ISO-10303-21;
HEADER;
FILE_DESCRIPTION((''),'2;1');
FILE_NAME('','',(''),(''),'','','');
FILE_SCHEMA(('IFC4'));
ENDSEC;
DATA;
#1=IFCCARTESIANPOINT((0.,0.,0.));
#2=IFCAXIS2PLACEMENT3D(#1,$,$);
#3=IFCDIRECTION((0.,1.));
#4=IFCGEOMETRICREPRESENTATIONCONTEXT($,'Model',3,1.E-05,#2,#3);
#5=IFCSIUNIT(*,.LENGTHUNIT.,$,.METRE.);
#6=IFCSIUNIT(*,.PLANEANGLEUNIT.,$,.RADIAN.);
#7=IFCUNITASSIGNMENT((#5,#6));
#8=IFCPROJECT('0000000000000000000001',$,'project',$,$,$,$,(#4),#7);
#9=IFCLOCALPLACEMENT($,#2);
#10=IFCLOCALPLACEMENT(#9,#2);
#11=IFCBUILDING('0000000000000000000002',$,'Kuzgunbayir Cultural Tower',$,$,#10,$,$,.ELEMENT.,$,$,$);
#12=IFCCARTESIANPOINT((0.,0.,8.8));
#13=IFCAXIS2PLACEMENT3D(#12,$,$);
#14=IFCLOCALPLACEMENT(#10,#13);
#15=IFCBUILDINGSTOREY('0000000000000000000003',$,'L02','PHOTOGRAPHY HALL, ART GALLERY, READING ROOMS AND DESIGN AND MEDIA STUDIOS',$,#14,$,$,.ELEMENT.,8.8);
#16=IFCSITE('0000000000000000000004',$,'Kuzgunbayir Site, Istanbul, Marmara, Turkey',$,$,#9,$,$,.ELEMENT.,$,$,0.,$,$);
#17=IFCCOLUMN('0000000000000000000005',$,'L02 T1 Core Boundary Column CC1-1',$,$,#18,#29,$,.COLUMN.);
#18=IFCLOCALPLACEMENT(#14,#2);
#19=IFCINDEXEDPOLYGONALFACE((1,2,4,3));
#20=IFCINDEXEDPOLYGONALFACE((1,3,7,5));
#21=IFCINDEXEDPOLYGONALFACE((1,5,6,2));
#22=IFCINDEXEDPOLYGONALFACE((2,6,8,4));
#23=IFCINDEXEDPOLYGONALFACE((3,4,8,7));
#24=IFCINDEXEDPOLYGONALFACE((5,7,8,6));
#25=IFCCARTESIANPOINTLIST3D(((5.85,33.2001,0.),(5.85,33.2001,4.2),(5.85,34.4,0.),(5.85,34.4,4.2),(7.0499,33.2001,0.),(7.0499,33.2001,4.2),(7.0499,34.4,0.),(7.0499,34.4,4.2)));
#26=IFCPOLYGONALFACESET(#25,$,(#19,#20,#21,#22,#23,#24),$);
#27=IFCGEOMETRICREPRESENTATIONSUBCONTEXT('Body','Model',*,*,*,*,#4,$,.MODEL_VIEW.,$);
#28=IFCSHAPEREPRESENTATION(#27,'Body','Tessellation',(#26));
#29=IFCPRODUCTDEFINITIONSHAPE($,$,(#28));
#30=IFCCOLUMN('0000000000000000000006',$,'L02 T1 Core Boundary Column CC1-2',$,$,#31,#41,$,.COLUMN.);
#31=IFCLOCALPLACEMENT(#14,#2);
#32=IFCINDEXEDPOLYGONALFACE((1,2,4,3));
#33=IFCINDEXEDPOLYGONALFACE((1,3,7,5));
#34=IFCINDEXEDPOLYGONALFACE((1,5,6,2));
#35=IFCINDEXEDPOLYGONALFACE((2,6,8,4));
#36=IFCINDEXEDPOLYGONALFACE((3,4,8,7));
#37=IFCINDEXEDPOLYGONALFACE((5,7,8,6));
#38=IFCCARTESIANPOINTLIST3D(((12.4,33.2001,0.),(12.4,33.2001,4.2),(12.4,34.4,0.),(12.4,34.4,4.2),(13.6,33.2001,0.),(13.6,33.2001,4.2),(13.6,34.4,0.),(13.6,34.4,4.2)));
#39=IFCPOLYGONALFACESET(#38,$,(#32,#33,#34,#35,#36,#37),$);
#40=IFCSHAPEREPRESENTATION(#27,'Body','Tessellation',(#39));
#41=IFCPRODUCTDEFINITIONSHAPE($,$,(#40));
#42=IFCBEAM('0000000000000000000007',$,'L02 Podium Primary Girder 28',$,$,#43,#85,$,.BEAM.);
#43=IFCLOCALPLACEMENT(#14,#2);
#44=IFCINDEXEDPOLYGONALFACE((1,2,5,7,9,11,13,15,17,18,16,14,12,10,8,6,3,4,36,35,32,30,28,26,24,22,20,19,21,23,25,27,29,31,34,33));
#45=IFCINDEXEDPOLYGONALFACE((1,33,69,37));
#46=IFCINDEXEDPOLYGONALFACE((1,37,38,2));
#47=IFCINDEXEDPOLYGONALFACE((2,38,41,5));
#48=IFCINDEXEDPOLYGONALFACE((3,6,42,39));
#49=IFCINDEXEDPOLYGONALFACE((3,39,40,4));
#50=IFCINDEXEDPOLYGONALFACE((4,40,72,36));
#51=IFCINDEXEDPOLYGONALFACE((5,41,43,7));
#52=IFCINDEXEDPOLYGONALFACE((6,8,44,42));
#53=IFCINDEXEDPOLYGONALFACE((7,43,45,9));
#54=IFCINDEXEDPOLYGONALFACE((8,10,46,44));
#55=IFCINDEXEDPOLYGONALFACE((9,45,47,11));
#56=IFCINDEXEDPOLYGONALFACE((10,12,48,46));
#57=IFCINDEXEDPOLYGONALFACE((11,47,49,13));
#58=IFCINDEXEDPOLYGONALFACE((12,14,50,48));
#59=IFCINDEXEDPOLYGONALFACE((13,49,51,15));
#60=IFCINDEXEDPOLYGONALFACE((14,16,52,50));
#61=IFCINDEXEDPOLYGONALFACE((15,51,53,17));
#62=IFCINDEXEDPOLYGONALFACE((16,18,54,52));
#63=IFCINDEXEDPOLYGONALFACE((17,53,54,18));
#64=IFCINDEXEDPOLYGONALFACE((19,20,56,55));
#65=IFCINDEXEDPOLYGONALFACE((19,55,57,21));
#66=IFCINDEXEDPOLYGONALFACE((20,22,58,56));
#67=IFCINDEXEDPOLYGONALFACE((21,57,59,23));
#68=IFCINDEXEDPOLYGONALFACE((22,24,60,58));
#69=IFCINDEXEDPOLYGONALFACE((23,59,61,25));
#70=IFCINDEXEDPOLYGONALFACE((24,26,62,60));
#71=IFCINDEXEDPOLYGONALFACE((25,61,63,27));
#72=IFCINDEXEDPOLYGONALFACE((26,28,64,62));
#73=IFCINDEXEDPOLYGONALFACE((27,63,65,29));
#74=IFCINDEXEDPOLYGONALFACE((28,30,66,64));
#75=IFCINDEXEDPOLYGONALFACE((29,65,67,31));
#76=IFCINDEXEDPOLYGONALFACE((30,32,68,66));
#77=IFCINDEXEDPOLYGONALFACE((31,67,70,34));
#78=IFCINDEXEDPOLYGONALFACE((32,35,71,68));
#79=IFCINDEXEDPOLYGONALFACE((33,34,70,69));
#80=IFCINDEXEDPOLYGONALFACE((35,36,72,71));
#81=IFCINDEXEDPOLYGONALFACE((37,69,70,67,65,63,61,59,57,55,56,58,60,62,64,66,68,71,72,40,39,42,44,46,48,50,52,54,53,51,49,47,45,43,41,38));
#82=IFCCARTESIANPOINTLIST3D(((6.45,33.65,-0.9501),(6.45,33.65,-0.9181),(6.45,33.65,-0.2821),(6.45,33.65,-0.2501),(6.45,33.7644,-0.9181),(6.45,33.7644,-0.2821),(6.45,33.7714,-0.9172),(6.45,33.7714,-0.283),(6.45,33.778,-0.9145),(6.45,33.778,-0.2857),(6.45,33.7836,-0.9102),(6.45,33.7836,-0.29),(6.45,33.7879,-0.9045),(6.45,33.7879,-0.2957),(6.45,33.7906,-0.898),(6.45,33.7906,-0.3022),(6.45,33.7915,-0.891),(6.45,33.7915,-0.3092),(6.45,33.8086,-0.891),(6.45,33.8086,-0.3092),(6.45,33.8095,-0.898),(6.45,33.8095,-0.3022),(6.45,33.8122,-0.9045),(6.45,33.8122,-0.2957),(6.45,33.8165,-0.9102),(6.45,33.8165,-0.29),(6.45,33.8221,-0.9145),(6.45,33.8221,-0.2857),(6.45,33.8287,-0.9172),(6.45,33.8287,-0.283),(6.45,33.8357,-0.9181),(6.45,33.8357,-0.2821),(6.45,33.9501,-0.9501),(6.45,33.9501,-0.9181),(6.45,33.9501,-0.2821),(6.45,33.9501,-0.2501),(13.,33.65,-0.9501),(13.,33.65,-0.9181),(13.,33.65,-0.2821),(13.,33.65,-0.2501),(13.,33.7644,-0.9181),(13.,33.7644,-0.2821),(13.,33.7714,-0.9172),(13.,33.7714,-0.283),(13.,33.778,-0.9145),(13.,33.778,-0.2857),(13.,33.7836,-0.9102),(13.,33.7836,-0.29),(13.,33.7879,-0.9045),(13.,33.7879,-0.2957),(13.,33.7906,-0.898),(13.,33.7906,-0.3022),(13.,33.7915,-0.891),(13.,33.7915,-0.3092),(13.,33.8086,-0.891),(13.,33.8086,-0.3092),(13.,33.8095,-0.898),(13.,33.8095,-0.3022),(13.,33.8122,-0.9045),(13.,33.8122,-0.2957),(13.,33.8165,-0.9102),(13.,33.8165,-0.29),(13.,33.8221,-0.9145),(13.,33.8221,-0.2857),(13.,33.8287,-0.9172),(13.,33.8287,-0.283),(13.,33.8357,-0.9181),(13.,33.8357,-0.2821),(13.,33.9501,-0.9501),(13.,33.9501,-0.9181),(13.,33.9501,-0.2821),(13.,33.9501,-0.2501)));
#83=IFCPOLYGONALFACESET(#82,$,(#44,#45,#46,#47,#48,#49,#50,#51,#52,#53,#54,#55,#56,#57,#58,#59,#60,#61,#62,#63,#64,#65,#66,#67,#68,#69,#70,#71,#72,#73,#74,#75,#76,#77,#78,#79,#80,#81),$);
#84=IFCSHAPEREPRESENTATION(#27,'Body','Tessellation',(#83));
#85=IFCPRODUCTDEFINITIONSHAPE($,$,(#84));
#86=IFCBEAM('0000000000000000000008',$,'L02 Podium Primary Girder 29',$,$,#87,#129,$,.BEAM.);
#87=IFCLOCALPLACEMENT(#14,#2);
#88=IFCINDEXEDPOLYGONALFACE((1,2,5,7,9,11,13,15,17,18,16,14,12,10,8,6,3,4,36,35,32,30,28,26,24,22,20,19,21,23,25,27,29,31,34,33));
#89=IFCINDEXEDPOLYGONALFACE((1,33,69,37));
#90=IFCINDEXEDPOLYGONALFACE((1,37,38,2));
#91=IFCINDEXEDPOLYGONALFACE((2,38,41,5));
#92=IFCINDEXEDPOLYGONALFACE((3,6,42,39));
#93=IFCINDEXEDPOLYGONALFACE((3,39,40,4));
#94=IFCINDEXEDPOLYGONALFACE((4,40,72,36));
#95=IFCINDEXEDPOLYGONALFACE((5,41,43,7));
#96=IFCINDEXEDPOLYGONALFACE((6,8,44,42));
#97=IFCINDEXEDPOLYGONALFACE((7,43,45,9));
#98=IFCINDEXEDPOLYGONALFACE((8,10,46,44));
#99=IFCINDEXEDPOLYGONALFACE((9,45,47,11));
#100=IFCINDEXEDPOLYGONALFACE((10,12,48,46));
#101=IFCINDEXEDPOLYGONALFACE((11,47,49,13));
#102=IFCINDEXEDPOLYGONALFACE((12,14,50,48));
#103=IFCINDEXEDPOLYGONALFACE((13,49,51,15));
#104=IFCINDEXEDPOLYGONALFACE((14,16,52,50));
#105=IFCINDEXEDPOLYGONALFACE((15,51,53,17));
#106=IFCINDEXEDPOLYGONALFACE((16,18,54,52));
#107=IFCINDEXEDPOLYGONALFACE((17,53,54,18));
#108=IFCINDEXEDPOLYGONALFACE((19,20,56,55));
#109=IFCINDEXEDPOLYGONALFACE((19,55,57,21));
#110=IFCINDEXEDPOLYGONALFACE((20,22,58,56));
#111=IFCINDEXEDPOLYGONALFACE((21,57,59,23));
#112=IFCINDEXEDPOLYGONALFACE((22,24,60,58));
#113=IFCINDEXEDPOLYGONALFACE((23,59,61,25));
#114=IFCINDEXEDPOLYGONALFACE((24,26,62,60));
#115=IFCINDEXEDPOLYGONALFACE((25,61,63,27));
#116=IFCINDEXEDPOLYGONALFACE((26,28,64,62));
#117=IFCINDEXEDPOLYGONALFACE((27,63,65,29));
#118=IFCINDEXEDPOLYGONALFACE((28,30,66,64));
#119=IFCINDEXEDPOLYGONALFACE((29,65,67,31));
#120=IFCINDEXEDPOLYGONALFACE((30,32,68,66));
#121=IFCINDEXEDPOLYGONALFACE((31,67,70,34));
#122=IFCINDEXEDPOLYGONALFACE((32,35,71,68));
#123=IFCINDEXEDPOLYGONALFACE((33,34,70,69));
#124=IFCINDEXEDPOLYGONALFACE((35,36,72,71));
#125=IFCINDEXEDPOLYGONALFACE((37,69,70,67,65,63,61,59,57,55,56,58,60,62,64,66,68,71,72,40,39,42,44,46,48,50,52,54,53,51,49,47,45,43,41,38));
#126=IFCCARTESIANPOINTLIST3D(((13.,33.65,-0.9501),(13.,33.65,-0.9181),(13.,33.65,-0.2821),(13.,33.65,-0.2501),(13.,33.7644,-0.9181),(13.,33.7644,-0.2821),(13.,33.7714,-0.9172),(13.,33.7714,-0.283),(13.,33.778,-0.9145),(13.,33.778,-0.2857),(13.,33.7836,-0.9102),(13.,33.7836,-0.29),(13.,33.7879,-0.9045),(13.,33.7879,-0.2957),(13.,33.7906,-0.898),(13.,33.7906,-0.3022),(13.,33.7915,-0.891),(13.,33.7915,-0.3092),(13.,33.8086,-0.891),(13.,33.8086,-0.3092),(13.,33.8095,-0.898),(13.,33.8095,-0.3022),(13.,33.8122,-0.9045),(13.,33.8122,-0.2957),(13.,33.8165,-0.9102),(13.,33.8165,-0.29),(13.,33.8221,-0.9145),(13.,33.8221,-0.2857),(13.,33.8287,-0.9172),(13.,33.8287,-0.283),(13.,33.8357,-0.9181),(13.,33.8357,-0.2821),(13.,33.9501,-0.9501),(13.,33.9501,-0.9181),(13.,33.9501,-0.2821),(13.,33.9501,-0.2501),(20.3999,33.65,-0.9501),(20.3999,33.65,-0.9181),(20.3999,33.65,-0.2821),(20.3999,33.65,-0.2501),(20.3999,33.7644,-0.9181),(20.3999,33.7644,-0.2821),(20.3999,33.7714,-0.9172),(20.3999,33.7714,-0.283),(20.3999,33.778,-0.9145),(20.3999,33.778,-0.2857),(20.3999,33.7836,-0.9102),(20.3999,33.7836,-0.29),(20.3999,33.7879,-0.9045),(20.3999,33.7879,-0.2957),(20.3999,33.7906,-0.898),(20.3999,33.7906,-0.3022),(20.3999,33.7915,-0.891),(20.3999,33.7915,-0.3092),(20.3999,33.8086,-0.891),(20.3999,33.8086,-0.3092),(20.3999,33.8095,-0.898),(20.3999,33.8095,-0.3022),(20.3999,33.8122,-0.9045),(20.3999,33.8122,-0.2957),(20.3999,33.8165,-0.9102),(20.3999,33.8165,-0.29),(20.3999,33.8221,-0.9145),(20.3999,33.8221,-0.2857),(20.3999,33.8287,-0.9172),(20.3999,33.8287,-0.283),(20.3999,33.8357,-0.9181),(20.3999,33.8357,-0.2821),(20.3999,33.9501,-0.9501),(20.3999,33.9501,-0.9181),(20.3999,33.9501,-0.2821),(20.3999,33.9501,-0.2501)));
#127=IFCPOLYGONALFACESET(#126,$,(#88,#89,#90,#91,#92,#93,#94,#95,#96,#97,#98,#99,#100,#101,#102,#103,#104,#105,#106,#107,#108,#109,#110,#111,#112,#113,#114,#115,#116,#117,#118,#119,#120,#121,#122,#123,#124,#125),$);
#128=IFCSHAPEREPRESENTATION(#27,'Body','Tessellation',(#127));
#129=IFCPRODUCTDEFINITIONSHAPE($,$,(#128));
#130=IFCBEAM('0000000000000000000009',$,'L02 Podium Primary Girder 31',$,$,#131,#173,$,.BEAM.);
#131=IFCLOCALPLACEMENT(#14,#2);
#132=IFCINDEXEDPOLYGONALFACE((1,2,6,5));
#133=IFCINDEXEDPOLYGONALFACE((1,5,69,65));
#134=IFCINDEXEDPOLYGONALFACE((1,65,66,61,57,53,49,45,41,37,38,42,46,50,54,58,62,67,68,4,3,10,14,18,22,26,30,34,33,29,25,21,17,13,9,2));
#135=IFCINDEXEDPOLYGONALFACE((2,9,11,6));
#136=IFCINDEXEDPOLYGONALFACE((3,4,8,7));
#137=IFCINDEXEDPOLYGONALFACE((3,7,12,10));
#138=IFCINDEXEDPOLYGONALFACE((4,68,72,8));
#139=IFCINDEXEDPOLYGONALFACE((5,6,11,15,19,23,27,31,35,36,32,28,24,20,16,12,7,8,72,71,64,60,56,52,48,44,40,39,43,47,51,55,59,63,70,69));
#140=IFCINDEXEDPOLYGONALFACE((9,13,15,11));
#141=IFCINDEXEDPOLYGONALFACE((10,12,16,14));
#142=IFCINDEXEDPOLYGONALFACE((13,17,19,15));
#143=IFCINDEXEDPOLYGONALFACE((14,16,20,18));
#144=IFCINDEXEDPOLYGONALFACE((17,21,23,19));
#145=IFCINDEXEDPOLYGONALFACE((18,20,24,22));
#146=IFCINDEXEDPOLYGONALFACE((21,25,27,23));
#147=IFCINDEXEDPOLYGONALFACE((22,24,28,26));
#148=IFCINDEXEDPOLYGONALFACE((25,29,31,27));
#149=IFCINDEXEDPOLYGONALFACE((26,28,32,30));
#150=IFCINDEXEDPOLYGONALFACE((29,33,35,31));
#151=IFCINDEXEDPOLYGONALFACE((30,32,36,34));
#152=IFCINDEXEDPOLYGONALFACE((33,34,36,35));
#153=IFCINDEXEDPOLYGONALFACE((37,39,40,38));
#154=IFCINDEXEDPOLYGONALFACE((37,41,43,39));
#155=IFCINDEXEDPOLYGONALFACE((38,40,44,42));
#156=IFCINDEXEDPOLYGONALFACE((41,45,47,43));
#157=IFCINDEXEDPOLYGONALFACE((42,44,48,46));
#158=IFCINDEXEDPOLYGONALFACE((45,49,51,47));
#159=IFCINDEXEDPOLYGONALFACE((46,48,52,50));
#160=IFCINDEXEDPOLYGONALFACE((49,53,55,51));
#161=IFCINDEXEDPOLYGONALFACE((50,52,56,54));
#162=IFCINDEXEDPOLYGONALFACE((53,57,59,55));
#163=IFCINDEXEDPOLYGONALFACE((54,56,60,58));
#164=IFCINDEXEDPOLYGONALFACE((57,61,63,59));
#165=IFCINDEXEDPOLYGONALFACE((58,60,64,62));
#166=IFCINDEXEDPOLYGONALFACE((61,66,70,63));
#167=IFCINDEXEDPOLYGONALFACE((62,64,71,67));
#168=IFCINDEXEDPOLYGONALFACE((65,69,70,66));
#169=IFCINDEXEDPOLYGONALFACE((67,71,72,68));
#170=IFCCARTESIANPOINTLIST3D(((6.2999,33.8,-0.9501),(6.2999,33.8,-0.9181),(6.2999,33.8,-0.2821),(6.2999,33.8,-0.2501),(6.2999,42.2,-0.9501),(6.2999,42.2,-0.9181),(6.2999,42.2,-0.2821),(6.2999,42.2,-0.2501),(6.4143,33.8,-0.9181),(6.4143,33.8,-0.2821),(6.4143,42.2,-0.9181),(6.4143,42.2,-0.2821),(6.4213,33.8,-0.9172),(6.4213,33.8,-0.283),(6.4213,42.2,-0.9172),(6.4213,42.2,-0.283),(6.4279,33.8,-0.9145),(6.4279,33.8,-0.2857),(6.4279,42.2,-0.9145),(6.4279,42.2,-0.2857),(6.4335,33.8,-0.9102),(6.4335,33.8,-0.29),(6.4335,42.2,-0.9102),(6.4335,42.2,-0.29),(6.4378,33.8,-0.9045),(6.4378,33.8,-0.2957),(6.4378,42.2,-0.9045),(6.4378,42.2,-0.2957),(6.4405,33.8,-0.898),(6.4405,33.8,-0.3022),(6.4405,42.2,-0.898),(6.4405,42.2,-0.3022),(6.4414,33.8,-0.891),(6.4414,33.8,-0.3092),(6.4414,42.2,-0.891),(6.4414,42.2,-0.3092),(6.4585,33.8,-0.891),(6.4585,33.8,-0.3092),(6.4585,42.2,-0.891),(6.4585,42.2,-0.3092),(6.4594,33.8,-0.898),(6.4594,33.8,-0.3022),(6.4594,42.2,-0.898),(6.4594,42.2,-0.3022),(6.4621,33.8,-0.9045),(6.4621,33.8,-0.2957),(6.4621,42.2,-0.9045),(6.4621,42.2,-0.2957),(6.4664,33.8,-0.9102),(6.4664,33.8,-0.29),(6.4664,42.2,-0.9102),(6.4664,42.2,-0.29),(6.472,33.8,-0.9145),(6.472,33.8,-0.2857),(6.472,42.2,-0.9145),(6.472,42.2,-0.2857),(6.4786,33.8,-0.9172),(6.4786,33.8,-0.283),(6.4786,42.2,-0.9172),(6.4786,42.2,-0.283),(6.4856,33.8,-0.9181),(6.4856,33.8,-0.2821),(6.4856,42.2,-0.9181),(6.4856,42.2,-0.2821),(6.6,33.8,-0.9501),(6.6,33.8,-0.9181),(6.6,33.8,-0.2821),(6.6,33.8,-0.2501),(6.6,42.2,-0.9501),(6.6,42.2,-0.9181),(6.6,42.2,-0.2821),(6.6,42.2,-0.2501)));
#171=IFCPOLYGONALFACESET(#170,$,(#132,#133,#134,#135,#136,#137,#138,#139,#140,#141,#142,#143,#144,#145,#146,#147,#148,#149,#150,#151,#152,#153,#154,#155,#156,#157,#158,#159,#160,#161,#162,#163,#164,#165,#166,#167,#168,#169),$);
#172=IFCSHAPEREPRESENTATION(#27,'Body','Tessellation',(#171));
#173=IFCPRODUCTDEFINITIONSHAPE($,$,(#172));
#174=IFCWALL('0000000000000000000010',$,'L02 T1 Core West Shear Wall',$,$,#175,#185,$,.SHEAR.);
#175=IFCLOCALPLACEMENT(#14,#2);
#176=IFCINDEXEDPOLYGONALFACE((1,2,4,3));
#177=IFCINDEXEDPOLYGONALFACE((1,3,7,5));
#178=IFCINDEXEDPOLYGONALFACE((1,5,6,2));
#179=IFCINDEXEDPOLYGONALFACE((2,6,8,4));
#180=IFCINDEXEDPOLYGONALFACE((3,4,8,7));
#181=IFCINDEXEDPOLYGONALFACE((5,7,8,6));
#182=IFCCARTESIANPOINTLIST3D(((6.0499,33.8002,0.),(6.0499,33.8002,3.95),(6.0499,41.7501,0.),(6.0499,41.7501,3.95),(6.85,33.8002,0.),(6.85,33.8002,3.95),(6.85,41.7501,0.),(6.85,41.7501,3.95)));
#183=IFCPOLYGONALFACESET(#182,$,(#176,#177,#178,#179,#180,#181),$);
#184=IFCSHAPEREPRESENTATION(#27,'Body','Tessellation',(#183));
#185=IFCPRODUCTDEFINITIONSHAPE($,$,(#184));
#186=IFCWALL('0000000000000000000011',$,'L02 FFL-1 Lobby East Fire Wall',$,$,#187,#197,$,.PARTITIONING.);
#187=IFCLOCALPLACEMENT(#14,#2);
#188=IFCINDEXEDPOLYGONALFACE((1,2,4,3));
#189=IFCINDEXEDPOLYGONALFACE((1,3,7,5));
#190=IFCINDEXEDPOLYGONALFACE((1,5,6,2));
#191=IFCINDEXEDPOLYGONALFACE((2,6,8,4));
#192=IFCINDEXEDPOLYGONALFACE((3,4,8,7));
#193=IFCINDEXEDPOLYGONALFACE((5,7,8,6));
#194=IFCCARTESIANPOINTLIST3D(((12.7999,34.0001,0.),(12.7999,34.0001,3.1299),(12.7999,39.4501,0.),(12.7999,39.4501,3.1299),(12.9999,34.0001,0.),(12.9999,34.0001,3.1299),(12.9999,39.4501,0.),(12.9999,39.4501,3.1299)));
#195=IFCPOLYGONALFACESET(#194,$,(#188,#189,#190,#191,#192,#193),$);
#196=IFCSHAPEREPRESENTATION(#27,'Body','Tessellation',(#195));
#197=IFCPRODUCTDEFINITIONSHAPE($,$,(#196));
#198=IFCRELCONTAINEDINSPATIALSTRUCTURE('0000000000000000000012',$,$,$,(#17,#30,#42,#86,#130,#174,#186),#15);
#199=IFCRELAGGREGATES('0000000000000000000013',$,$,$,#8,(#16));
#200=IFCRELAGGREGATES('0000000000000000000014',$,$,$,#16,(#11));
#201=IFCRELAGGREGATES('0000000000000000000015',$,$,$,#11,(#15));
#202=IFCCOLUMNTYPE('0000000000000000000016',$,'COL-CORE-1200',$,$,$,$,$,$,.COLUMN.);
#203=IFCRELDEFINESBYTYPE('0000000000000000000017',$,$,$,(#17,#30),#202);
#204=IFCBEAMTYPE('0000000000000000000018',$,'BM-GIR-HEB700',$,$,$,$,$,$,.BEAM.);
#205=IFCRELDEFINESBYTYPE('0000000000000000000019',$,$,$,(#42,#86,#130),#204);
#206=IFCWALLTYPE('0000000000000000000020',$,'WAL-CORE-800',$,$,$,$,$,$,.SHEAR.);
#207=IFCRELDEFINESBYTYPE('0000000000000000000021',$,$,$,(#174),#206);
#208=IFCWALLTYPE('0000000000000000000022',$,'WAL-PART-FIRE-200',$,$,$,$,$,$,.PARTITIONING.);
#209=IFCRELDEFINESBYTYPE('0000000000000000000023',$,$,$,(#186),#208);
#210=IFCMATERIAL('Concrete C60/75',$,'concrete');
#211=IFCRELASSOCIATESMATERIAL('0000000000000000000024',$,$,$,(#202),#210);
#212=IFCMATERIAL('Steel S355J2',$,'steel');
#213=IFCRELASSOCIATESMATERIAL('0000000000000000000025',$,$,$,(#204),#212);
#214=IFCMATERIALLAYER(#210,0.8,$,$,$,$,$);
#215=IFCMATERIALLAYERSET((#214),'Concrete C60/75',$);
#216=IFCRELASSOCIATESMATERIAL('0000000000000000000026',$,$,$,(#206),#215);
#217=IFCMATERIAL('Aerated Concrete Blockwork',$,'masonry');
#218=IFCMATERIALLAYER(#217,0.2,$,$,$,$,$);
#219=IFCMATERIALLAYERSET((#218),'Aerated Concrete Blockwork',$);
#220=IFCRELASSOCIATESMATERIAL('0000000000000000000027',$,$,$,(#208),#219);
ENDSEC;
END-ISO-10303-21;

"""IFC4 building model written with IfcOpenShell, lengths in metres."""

from ifc_helpers import new_model, si_unit, direction, frame, frame_2d, origin, origin_2d, place, context, subcontext, project, spatial, rectangle, i_section, extrude, material, layer, layer_set, material_profile, profile_set, type_object, element, save


model = new_model("IFC4")

# Units and contexts
model_context = context("Model", 3, precision=1e-05, world=origin(), true_north=direction((0.0, 1.0)))
body_context = subcontext(model_context, "Body", "Model", "MODEL_VIEW")
ifc_project = project(units=[si_unit("LENGTHUNIT", "METRE"), si_unit("PLANEANGLEUNIT", "RADIAN")], contexts=[model_context])

# Site, building, storey
site_placement = place(None, origin())
site = spatial("IfcSite", under=ifc_project, at=site_placement, Name="Kuzgunbayir Site, Istanbul, Marmara, Turkey", CompositionType="ELEMENT", RefElevation=0.0)
building_placement = place(site_placement, origin())
building = spatial("IfcBuilding", under=site, at=building_placement, Name="Kuzgunbayir Cultural Tower", CompositionType="ELEMENT")
storey_placement = place(building_placement, frame((0.0, 0.0, 8.8)))
storey = spatial("IfcBuildingStorey", under=building, at=storey_placement, Name="L02", Description="PHOTOGRAPHY HALL, ART GALLERY, READING ROOMS AND DESIGN AND MEDIA STUDIOS", CompositionType="ELEMENT", Elevation=8.8)

# Columns
ifc_material_1 = material(Name="Concrete C60/75", Category="concrete")
ifc_material_profile_1 = material_profile(ifc_material_1, rectangle(XDim=1.2, YDim=1.2, at=origin_2d()), Name="RC 1200x1200")
ifc_profile_set_1 = profile_set([ifc_material_profile_1], Name="Concrete C60/75")
column_type = type_object("IfcColumnType", Name="COL-CORE-1200", PredefinedType="COLUMN", material=ifc_profile_set_1)
for number, where, z_axis, x_axis, name in (
    (1, (6.45, 33.8, 0.0), (0.0, 0.0, 1.0), (1.0, 0.0, 0.0), "L02 T1 Core Boundary Column CC1-1"),
    (2, (13.0, 33.8, 0.0), (0.0, 0.0, 1.0), (1.0, 0.0, 0.0), "L02 T1 Core Boundary Column CC1-2"),
):
    element("IfcColumn", number, at=place(storey_placement, frame(where, z_axis=z_axis, x_axis=x_axis)), inside=storey, type_object=column_type, Name=name, PredefinedType="COLUMN", context=body_context, shape_type="SweptSolid", body=[
        extrude(rectangle(XDim=1.2, YDim=1.2, at=origin_2d()), origin(), (0.0, 0.0, 1.0), 4.2),
    ])

# Beams
ifc_material_2 = material(Name="Steel S355J2", Category="steel")
ifc_material_profile_2 = material_profile(ifc_material_2, i_section(OverallWidth=0.3, OverallDepth=0.7, WebThickness=0.0171, FlangeThickness=0.032, FilletRadius=0.0271, at=origin_2d()), Name="HEB 700")
ifc_profile_set_2 = profile_set([ifc_material_profile_2], Name="Steel S355J2")
beam_type = type_object("IfcBeamType", Name="BM-GIR-HEB700", PredefinedType="BEAM", material=ifc_profile_set_2)
beam_1_placement = place(storey_placement, frame((6.45, 33.8, -0.6001), z_axis=(1.0, 0.0, 0.0), x_axis=(0.0, 1.0, 0.0)))
element("IfcBeam", 3, at=beam_1_placement, inside=storey, type_object=beam_type, Name="L02 Podium Primary Girder 28", PredefinedType="BEAM", context=body_context, shape_type="SweptSolid", body=[
    extrude(i_section(OverallWidth=0.3, OverallDepth=0.7, WebThickness=0.0171, FlangeThickness=0.032, FilletRadius=0.0271, at=origin_2d()), origin(), (0.0, 0.0, 1.0), 6.55),
])
beam_2_placement = place(storey_placement, frame((13.0, 33.8, -0.6001), z_axis=(1.0, 0.0, 0.0), x_axis=(0.0, 1.0, 0.0)))
element("IfcBeam", 4, at=beam_2_placement, inside=storey, type_object=beam_type, Name="L02 Podium Primary Girder 29", PredefinedType="BEAM", context=body_context, shape_type="SweptSolid", body=[
    extrude(i_section(OverallWidth=0.3, OverallDepth=0.7, WebThickness=0.0171, FlangeThickness=0.032, FilletRadius=0.0271, at=origin_2d()), origin(), (0.0, 0.0, 1.0), 7.3999),
])
beam_3_placement = place(storey_placement, frame((6.45, 33.8, -0.6001), z_axis=(0.0, 1.0, 0.0), x_axis=(-1.0, 0.0, 0.0)))
element("IfcBeam", 5, at=beam_3_placement, inside=storey, type_object=beam_type, Name="L02 Podium Primary Girder 31", PredefinedType="BEAM", context=body_context, shape_type="SweptSolid", body=[
    extrude(i_section(OverallWidth=0.3, OverallDepth=0.7, WebThickness=0.0171, FlangeThickness=0.032, FilletRadius=0.0271, at=origin_2d()), origin(), (0.0, 0.0, 1.0), 8.3999),
])

# Walls
ifc_layer_1 = layer(ifc_material_1, 0.8)
ifc_layer_set_1 = layer_set([ifc_layer_1], Name="Concrete C60/75")
wall_type_1 = type_object("IfcWallType", Name="WAL-CORE-800", PredefinedType="SHEAR", material=ifc_layer_set_1)
wall_1_placement = place(storey_placement, frame((6.45, 33.8, 0.0), z_axis=(0.0, 0.0, 1.0), x_axis=(0.0, 1.0, 0.0)))
element("IfcWall", 6, at=wall_1_placement, inside=storey, type_object=wall_type_1, Name="L02 T1 Core West Shear Wall", PredefinedType="SHEAR", context=body_context, shape_type="SweptSolid", body=[
    extrude(rectangle(XDim=7.95, YDim=0.8, at=frame_2d((3.9751, 0.0))), origin(), (0.0, 0.0, 1.0), 3.95),
])
ifc_material_3 = material(Name="Aerated Concrete Blockwork", Category="masonry")
ifc_layer_2 = layer(ifc_material_3, 0.2)
ifc_layer_set_2 = layer_set([ifc_layer_2], Name="Aerated Concrete Blockwork")
wall_type_2 = type_object("IfcWallType", Name="WAL-PART-FIRE-200", PredefinedType="PARTITIONING", material=ifc_layer_set_2)
wall_2_placement = place(storey_placement, frame((12.8999, 34.0, 0.0), z_axis=(0.0, 0.0, 1.0), x_axis=(0.0, 1.0, 0.0)))
element("IfcWall", 7, at=wall_2_placement, inside=storey, type_object=wall_type_2, Name="L02 FFL-1 Lobby East Fire Wall", PredefinedType="PARTITIONING", context=body_context, shape_type="SweptSolid", body=[
    extrude(rectangle(XDim=5.45, YDim=0.2, at=frame_2d((2.7251, 0.0))), origin(), (0.0, 0.0, 1.0), 3.1299),
])

save(model, "model.ifc")
